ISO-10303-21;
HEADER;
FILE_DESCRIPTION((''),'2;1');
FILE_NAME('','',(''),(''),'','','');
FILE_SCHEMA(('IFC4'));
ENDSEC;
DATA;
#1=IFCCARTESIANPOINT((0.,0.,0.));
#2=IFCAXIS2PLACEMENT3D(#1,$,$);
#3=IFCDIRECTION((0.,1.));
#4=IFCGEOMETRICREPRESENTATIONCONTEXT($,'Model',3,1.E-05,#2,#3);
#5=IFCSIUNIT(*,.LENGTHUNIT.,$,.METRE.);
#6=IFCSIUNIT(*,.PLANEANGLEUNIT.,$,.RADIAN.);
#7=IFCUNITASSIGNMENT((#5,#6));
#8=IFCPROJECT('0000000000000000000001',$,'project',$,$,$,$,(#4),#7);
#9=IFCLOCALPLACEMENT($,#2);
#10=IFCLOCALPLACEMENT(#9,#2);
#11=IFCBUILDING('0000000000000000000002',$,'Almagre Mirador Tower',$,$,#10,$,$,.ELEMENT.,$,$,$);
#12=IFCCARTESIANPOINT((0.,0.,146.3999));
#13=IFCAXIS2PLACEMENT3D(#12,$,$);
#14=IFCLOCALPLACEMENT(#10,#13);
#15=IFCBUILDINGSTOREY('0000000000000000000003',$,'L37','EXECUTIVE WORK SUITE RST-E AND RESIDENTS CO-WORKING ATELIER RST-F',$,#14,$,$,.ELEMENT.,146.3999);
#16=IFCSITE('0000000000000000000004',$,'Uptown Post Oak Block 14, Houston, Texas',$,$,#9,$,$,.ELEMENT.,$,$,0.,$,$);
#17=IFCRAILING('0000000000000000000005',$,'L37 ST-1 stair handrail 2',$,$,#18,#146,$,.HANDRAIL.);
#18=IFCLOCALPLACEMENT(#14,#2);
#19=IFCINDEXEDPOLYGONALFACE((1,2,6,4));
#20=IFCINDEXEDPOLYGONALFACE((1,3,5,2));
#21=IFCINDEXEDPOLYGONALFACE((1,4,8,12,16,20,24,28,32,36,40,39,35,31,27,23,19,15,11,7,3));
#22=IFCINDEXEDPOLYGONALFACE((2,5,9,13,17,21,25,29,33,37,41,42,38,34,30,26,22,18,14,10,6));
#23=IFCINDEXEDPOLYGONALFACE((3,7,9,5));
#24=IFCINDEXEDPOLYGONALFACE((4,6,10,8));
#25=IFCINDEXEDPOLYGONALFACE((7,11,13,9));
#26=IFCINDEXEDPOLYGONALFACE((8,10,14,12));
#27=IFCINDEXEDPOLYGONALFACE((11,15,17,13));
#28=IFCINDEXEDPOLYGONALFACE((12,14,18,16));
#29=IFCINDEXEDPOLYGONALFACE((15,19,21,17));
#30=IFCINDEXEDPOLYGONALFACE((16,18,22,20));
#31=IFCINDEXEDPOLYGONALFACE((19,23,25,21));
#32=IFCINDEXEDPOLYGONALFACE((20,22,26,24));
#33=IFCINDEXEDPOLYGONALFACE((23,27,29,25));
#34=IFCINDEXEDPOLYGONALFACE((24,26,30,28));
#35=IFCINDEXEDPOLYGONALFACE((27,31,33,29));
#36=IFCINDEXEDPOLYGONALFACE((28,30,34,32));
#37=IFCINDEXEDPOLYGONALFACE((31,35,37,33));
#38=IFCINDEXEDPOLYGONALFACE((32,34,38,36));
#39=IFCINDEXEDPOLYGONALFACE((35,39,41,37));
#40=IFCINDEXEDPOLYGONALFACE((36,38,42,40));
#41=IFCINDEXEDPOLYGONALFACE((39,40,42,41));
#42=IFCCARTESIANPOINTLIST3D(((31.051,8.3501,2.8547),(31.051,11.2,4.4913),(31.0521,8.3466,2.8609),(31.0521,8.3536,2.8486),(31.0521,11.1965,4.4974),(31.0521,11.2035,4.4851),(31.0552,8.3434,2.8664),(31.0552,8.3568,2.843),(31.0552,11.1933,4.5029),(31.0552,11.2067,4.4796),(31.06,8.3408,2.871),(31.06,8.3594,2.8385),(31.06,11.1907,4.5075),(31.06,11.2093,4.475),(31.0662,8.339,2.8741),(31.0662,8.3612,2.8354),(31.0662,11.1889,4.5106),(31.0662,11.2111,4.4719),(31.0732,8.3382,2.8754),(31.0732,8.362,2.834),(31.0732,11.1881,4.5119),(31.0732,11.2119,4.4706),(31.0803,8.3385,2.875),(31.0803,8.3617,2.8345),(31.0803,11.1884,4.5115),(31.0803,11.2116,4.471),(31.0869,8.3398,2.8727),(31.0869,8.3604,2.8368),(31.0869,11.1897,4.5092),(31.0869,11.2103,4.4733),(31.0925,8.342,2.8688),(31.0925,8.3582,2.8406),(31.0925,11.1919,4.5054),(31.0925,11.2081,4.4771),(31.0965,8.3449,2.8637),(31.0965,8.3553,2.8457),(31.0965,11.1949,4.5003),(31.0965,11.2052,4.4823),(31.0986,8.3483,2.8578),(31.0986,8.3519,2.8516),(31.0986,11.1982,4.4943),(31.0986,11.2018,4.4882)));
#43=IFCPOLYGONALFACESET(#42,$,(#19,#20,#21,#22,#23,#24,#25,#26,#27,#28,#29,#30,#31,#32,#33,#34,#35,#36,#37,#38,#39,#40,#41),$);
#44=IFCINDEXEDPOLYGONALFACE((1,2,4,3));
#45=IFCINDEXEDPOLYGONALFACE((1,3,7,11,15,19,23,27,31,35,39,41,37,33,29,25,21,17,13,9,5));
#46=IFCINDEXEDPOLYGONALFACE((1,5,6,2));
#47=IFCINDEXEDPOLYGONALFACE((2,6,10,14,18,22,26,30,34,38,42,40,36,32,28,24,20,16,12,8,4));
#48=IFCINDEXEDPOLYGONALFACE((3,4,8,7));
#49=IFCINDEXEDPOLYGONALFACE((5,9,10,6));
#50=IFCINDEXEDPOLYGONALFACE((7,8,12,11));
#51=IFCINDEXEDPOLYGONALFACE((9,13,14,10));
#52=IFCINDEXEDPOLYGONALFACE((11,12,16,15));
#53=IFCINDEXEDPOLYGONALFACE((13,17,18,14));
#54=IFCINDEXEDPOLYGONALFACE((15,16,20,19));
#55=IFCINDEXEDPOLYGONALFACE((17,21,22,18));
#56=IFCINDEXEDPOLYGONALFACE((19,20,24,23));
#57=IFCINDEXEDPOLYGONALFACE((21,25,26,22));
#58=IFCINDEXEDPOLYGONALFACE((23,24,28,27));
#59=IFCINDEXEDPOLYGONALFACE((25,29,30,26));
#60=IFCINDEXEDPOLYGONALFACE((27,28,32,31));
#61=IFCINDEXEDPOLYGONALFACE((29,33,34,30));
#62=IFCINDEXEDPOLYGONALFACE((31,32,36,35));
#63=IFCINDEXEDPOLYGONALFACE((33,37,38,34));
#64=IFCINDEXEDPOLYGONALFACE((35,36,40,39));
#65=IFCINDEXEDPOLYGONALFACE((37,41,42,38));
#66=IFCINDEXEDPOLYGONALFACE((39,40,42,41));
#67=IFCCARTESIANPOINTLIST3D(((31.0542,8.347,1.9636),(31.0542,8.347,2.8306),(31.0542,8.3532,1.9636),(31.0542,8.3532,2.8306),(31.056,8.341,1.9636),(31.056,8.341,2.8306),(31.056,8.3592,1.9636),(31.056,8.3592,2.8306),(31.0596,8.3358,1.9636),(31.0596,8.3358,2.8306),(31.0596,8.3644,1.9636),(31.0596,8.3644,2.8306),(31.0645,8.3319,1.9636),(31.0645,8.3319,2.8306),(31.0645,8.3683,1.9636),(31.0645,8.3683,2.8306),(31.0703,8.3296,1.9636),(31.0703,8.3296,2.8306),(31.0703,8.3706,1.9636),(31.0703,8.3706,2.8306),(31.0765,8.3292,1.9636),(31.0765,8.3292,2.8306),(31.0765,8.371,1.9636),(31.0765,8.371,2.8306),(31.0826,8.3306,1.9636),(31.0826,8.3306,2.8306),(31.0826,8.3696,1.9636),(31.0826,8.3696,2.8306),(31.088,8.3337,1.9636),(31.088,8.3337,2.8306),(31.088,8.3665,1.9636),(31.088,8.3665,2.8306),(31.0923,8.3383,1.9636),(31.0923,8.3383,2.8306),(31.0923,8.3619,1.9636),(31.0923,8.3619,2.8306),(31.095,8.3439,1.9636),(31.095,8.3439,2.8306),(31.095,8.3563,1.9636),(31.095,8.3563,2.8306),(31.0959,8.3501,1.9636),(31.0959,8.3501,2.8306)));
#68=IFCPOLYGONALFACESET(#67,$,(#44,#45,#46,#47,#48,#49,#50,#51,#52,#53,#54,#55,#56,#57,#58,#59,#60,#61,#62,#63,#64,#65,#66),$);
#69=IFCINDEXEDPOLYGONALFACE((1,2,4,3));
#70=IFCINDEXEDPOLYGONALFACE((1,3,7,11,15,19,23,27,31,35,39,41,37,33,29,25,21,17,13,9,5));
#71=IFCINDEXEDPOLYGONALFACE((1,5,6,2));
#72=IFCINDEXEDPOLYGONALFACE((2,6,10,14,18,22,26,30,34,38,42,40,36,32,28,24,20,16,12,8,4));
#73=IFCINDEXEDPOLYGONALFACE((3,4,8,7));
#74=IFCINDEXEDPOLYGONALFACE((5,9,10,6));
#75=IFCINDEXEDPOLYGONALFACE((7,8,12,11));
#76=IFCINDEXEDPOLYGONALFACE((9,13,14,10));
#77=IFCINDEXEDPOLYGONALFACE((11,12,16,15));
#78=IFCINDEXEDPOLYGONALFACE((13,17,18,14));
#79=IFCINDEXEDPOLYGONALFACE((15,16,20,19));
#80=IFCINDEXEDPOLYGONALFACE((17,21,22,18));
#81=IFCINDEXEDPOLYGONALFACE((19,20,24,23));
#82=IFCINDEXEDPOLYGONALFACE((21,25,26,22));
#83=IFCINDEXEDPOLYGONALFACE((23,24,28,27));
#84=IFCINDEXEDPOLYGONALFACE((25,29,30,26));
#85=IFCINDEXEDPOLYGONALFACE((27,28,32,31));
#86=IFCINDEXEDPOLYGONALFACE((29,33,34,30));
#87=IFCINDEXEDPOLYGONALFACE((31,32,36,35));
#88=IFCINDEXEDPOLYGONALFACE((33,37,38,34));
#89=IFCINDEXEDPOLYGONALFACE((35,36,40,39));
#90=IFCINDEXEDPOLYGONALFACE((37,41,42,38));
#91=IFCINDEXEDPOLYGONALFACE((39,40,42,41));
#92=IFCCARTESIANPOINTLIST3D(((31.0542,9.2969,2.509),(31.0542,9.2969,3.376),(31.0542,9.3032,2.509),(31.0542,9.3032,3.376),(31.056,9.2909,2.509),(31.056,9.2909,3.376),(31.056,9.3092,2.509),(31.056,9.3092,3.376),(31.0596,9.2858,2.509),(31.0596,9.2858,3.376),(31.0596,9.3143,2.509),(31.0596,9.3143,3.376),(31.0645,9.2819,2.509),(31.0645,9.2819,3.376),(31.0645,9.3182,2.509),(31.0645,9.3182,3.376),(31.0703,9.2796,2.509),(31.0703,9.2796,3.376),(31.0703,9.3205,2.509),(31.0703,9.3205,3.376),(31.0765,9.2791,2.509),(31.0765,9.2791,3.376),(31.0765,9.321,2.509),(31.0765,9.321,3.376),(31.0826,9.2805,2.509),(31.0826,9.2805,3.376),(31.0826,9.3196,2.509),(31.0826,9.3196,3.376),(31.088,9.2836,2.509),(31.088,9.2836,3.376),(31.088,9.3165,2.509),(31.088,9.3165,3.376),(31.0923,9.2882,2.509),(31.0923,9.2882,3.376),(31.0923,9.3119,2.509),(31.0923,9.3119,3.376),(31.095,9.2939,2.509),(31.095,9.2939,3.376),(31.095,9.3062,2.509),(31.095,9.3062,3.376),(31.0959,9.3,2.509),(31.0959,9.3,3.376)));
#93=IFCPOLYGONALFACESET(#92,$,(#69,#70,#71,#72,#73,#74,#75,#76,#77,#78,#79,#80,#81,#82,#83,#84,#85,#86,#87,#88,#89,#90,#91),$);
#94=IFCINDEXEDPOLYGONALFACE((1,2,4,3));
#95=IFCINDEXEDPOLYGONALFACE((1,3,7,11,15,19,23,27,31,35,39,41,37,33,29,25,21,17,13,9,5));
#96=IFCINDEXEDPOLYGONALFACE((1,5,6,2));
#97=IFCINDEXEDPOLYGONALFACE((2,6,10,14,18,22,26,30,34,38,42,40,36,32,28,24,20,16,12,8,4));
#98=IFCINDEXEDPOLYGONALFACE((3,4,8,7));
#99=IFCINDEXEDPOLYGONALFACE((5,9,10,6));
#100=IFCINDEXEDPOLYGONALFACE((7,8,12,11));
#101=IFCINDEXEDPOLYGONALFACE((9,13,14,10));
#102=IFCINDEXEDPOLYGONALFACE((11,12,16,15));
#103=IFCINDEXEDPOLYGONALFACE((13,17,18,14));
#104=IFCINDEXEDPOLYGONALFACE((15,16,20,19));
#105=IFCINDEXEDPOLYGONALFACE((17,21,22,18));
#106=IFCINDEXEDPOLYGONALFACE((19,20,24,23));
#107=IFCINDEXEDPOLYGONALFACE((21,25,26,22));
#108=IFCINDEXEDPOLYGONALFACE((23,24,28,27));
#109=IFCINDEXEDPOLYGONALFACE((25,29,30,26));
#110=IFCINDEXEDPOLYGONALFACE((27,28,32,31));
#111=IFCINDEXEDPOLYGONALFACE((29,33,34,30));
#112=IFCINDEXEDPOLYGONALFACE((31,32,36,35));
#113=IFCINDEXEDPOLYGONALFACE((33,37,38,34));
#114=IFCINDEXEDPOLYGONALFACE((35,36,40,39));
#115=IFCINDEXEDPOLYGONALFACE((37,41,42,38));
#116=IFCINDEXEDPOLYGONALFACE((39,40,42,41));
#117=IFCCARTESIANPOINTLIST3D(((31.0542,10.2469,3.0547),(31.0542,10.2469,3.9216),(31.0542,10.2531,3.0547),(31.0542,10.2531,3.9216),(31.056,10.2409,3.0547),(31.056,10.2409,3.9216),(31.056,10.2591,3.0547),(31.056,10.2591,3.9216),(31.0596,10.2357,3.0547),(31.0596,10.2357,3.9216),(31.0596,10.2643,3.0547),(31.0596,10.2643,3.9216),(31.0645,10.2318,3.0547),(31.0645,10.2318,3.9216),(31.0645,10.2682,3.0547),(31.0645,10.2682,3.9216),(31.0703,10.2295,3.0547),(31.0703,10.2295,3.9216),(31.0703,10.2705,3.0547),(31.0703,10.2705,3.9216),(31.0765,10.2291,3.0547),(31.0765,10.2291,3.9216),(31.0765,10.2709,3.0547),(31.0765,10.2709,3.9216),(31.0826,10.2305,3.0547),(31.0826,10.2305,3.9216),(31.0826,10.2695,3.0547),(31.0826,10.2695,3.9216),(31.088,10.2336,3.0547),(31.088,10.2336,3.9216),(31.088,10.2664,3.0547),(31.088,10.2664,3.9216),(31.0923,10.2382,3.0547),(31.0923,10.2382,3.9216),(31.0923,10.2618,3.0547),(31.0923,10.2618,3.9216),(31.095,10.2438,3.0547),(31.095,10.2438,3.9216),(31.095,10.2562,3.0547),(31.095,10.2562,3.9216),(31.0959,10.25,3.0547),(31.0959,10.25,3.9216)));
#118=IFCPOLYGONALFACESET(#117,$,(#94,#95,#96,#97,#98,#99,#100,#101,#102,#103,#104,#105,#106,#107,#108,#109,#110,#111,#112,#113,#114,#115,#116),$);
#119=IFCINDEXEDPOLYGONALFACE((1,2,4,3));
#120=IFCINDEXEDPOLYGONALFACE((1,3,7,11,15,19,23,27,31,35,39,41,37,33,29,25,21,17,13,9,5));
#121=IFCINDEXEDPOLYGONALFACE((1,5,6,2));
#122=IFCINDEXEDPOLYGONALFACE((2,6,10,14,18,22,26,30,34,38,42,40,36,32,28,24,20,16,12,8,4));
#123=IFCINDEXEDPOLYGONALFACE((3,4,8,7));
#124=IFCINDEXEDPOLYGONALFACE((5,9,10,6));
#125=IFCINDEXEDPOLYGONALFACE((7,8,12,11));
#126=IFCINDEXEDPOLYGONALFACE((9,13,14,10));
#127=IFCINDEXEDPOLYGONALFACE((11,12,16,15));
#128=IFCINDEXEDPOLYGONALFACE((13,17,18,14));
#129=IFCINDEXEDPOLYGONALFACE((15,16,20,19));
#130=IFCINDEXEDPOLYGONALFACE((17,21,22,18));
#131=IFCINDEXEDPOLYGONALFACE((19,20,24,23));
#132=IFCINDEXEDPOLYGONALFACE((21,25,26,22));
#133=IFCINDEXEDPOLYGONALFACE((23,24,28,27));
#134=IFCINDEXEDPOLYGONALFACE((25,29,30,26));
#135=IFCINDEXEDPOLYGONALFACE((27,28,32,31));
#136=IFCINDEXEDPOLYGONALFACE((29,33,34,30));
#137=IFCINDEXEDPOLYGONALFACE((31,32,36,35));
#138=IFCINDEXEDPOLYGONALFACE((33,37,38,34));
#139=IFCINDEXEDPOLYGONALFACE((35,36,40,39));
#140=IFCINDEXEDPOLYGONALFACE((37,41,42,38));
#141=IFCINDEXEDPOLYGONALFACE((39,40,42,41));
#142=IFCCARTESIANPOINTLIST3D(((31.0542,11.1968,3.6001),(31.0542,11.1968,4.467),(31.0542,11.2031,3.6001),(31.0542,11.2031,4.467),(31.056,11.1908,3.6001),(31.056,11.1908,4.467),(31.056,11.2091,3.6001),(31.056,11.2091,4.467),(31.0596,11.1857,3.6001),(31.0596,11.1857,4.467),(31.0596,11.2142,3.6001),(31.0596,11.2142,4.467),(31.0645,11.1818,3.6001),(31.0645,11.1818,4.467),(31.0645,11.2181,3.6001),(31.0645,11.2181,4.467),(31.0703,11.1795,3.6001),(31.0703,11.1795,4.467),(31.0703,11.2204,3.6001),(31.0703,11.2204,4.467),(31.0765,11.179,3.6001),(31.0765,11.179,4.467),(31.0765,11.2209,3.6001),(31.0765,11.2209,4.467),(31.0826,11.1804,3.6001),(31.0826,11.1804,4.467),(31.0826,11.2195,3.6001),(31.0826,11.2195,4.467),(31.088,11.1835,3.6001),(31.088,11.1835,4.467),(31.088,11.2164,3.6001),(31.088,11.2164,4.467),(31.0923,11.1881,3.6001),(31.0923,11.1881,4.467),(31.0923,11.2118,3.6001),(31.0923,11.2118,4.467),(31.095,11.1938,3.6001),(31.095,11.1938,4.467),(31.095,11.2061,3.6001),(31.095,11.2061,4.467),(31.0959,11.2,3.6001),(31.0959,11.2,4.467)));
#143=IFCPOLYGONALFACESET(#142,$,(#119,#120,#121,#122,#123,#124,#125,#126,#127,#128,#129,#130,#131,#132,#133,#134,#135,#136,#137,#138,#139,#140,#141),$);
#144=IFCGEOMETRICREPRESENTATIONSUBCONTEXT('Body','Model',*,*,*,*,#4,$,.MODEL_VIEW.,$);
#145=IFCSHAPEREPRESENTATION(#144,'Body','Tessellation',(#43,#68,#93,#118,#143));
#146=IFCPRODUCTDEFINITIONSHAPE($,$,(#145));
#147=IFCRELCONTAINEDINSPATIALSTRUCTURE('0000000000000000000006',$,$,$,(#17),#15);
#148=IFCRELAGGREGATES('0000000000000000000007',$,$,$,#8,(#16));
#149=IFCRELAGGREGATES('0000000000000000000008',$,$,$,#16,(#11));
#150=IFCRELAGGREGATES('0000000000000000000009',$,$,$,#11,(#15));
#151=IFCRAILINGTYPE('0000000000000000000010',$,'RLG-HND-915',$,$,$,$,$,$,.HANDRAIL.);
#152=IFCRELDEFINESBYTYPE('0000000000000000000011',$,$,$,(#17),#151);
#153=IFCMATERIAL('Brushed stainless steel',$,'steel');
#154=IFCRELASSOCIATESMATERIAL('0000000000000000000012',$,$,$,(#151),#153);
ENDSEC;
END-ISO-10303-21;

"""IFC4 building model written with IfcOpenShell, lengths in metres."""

from ifc_helpers import new_model, si_unit, direction, frame, origin, origin_2d, place, context, subcontext, project, spatial, circle, extrude, material, type_object, element, save


model = new_model("IFC4")

# Units and contexts
model_context = context("Model", 3, precision=1e-05, world=origin(), true_north=direction((0.0, 1.0)))
body_context = subcontext(model_context, "Body", "Model", "MODEL_VIEW")
ifc_project = project(units=[si_unit("LENGTHUNIT", "METRE"), si_unit("PLANEANGLEUNIT", "RADIAN")], contexts=[model_context])

# Site, building, storey
site_placement = place(None, origin())
site = spatial("IfcSite", under=ifc_project, at=site_placement, Name="Uptown Post Oak Block 14, Houston, Texas", CompositionType="ELEMENT", RefElevation=0.0)
building_placement = place(site_placement, origin())
building = spatial("IfcBuilding", under=site, at=building_placement, Name="Almagre Mirador Tower", CompositionType="ELEMENT")
storey_placement = place(building_placement, frame((0.0, 0.0, 146.3999)))
storey = spatial("IfcBuildingStorey", under=building, at=storey_placement, Name="L37", Description="EXECUTIVE WORK SUITE RST-E AND RESIDENTS CO-WORKING ATELIER RST-F", CompositionType="ELEMENT", Elevation=146.3999)

# Railing
ifc_material_1 = material(Name="Brushed stainless steel", Category="steel")
railing_type_1 = type_object("IfcRailingType", Name="RLG-HND-915", PredefinedType="HANDRAIL", material=ifc_material_1)
railing_1_placement = place(storey_placement, frame((31.075, 8.3501, 1.9636)))
element("IfcRailing", 1, at=railing_1_placement, inside=storey, type_object=railing_type_1, Name="L37 ST-1 stair handrail 2", PredefinedType="HANDRAIL", context=body_context, shape_type="SweptSolid", body=[
    extrude(circle(Radius=0.0239, at=origin_2d()), frame((0.0, 0.0, 0.8911), z_axis=(0.0, 0.867194, 0.49797), x_axis=(-1.0, 0.0, 0.0)), (0.0, 0.0, 1.0), 3.2864),
    extrude(circle(Radius=0.021, at=origin_2d()), origin(), (0.0, 0.0, 1.0), 0.8669),
    extrude(circle(Radius=0.021, at=origin_2d()), frame((0.0, 0.95, 0.5454)), (0.0, 0.0, 1.0), 0.8669),
    extrude(circle(Radius=0.021, at=origin_2d()), frame((0.0, 1.8999, 1.0911)), (0.0, 0.0, 1.0), 0.8669),
    extrude(circle(Radius=0.021, at=origin_2d()), frame((0.0, 2.8499, 1.6365)), (0.0, 0.0, 1.0), 0.8669),
])

save(model, "model.ifc")
